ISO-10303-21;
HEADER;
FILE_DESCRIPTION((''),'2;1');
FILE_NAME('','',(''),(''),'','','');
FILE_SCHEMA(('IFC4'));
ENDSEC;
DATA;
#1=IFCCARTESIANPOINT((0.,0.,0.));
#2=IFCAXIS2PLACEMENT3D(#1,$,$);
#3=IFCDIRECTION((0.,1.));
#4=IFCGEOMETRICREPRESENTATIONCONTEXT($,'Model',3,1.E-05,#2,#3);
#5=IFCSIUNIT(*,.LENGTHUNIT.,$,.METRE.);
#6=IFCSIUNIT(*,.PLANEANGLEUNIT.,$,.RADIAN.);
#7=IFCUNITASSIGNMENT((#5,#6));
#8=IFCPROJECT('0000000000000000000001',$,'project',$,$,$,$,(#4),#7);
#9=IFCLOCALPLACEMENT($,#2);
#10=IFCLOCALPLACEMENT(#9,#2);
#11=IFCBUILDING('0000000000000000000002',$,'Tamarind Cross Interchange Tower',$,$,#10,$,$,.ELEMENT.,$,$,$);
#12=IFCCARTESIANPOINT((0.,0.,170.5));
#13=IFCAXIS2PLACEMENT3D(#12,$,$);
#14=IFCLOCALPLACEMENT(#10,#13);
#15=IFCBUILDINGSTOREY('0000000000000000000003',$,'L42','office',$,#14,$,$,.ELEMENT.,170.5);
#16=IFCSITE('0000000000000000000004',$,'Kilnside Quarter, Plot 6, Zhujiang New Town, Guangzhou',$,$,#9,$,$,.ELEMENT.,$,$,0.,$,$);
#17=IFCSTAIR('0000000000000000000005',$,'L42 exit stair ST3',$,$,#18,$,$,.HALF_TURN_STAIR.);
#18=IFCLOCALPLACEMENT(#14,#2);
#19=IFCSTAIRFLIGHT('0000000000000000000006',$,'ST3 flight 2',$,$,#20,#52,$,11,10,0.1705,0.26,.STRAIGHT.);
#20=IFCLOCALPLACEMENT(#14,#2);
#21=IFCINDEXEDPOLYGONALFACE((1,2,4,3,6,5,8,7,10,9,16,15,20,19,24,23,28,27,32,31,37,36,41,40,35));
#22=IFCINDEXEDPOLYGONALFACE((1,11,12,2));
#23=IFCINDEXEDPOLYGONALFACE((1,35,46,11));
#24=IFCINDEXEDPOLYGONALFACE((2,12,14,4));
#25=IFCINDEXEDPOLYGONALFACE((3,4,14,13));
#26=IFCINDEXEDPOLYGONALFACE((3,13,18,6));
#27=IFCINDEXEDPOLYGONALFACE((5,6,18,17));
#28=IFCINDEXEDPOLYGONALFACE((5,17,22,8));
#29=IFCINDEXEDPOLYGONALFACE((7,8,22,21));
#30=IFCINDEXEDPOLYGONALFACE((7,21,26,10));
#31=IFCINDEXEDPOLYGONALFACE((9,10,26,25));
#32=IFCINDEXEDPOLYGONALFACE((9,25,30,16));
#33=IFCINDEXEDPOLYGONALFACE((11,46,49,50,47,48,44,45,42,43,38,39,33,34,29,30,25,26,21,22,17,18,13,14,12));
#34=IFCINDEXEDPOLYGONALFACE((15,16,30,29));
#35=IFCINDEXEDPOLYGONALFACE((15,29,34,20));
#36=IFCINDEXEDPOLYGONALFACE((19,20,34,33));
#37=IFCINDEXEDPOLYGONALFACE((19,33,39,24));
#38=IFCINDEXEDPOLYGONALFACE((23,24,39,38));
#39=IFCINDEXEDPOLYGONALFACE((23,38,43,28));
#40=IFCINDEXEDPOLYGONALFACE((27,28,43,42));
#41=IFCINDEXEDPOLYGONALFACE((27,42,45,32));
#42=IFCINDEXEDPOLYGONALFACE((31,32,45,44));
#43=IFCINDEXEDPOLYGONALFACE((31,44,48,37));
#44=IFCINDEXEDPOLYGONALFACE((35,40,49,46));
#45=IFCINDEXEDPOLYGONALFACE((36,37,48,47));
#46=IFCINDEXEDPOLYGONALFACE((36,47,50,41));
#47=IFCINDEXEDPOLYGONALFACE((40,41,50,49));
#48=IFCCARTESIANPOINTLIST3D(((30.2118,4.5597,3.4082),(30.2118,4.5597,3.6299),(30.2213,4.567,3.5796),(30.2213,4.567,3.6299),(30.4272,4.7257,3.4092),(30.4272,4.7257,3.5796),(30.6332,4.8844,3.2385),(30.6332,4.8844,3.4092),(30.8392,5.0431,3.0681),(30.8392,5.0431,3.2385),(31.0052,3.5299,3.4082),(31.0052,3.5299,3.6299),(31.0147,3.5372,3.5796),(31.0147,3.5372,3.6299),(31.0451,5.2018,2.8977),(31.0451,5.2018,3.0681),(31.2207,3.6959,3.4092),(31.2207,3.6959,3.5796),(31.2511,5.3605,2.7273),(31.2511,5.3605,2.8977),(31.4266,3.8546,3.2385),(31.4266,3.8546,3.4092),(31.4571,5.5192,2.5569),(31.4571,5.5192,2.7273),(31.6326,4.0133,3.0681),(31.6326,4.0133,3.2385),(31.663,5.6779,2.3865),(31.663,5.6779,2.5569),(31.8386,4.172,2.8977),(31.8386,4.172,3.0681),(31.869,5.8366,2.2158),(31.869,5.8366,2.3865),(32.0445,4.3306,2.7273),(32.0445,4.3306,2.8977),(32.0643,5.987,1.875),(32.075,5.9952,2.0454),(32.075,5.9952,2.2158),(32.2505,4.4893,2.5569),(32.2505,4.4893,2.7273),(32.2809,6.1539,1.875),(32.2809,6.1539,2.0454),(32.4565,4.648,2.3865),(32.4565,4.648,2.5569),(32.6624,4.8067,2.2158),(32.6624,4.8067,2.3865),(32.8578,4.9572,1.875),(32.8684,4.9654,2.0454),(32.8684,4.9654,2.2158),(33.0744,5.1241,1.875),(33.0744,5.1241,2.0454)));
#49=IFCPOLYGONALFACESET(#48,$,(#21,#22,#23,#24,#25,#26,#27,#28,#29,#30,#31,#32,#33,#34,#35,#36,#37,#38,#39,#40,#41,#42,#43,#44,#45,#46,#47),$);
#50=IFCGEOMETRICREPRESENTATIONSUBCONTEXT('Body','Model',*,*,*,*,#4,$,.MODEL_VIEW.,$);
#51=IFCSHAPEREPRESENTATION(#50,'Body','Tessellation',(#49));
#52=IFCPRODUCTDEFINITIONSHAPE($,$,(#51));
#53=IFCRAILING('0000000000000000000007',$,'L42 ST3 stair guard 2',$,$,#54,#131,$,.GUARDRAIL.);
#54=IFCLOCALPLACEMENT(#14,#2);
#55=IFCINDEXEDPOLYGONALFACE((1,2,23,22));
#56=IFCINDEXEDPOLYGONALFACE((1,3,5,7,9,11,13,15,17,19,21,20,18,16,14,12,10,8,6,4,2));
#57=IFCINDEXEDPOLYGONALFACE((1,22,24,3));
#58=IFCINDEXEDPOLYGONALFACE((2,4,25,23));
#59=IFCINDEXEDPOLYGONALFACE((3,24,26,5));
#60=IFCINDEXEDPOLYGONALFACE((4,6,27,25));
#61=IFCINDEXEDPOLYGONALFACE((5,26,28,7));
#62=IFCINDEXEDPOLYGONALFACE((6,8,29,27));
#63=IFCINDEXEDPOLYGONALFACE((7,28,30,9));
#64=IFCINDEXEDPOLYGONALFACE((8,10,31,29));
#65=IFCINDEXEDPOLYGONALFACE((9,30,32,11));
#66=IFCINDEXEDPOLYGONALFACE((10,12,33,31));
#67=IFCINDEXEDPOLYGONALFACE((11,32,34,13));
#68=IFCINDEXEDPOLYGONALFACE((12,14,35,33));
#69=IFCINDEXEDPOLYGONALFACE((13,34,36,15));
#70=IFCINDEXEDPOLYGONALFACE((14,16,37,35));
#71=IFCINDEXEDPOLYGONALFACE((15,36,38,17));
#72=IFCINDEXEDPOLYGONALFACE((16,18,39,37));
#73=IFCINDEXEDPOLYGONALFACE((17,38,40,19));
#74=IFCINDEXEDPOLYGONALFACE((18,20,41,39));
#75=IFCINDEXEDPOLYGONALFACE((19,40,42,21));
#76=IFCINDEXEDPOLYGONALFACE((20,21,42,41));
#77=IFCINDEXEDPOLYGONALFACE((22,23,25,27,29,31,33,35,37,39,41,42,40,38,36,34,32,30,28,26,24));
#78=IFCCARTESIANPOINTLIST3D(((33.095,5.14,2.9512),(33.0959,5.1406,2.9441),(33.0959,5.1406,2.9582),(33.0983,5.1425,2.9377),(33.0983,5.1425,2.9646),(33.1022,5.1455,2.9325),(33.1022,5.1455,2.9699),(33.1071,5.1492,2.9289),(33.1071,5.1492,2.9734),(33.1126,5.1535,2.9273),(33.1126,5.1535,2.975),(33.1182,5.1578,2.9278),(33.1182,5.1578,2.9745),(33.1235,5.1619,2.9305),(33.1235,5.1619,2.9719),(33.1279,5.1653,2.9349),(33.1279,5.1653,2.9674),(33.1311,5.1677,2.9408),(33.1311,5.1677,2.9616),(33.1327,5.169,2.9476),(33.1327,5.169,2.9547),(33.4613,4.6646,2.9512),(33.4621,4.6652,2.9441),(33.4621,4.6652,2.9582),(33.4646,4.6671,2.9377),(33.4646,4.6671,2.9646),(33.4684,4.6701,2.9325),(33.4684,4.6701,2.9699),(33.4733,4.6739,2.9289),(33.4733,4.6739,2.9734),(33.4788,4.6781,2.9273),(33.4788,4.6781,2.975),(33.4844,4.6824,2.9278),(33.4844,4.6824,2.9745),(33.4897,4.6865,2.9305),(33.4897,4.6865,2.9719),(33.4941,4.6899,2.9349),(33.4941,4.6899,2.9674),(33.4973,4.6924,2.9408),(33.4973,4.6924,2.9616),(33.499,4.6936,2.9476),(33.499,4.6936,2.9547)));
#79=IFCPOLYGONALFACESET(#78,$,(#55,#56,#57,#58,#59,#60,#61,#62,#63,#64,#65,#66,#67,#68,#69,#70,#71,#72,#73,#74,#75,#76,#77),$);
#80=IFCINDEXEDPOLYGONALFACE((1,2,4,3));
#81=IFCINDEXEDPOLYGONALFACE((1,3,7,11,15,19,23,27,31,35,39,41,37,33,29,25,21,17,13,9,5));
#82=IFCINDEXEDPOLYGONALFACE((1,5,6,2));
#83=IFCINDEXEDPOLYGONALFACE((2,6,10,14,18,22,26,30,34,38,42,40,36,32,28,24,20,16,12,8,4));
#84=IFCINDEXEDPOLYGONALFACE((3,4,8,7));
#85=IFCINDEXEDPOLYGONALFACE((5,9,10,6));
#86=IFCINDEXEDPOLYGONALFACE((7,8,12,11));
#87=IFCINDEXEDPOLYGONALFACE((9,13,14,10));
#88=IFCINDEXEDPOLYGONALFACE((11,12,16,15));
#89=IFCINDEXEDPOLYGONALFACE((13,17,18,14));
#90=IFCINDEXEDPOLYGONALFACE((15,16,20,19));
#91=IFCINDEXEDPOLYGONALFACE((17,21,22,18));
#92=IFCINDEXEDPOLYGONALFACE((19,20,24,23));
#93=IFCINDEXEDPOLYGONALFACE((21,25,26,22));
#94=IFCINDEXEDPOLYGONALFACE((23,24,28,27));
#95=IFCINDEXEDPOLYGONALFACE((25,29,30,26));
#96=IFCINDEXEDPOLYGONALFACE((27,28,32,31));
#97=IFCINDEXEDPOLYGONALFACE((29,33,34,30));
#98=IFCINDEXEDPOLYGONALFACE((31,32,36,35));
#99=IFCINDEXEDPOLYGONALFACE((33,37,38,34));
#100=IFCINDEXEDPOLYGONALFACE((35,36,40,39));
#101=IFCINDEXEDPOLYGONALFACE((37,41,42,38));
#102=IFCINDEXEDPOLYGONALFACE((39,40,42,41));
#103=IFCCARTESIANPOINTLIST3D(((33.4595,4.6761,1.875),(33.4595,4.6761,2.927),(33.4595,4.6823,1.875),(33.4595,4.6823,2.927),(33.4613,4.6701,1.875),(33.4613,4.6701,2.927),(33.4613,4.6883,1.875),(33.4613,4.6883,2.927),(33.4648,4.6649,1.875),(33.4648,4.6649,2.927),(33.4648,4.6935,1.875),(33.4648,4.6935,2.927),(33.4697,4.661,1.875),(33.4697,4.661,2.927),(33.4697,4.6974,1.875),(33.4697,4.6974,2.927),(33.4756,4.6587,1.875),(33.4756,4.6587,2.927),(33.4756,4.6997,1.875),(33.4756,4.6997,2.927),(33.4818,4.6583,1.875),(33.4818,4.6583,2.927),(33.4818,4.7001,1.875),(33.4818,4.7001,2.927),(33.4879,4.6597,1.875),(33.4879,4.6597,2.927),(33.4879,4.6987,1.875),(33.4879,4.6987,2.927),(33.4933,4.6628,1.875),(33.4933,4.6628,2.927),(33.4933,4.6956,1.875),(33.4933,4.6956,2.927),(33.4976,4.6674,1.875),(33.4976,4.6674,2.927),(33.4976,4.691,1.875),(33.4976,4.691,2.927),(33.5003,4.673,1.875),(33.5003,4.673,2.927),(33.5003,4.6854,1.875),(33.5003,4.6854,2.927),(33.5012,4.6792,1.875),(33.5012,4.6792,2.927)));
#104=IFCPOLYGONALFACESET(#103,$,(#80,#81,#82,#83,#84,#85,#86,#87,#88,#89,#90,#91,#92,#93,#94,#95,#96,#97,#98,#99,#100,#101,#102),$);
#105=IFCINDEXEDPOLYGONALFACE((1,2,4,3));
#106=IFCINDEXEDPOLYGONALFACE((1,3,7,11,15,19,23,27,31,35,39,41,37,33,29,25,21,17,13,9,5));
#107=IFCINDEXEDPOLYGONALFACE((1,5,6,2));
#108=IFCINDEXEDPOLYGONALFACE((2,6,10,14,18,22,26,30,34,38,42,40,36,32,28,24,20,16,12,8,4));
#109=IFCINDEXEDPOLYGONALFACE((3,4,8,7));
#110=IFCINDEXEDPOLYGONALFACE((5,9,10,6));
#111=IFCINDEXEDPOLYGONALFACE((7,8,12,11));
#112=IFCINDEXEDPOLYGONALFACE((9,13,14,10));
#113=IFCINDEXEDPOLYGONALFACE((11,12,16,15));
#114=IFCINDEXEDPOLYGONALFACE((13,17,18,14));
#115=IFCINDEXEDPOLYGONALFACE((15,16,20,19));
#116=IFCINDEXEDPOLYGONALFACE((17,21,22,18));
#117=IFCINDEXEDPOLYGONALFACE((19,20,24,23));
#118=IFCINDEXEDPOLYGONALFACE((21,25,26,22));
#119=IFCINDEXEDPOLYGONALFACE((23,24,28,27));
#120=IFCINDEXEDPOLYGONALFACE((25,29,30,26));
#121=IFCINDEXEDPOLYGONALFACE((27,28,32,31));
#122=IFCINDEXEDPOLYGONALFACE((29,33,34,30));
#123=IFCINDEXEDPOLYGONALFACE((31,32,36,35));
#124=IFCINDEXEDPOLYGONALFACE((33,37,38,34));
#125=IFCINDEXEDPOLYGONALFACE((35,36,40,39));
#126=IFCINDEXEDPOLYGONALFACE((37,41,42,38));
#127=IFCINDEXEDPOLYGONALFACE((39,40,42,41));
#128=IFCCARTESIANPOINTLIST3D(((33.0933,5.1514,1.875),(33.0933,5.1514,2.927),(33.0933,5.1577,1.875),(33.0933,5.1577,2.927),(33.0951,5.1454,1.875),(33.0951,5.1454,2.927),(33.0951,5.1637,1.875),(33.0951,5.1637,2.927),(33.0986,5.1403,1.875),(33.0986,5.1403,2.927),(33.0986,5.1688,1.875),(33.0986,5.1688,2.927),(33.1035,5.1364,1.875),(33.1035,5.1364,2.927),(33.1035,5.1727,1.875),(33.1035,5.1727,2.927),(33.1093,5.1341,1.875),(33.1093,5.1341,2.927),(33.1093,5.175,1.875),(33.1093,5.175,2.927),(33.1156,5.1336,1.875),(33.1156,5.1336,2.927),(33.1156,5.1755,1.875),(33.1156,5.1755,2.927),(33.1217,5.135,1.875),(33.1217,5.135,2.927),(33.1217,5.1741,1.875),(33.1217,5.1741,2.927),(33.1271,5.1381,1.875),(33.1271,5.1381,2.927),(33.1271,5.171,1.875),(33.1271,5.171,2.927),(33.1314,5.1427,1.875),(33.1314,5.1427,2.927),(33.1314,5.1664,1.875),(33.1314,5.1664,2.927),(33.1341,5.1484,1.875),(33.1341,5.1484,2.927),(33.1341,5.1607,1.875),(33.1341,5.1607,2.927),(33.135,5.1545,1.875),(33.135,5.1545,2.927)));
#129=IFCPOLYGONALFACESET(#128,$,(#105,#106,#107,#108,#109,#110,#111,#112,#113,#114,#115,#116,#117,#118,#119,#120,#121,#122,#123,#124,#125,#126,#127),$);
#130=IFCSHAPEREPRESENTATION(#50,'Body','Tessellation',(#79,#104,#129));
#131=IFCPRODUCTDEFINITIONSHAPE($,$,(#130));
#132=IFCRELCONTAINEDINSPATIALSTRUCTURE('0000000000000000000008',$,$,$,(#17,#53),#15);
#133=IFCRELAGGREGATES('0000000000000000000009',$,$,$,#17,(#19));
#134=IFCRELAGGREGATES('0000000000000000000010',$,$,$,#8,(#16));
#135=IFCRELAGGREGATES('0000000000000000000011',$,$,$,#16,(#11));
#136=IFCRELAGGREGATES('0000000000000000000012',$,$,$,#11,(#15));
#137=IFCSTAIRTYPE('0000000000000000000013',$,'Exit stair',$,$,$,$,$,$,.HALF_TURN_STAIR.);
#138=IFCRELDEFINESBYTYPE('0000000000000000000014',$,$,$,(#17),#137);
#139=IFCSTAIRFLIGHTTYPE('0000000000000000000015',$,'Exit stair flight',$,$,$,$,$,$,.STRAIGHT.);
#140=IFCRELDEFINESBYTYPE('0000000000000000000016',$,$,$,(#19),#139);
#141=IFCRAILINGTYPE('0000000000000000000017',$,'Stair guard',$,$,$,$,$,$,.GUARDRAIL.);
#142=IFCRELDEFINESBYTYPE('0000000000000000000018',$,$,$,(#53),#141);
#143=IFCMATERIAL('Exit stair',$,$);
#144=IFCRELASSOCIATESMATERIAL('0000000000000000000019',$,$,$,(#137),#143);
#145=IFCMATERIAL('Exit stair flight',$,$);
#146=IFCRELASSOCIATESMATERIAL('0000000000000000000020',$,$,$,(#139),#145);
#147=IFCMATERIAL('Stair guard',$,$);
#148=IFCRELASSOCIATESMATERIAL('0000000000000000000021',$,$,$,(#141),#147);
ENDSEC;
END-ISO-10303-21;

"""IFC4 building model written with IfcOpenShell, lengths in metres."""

from ifc_helpers import new_model, si_unit, direction, frame, origin, origin_2d, place, context, subcontext, project, spatial, polyline, circle, outline, extrude, material, type_object, element, aggregate, save


model = new_model("IFC4")

# Units and contexts
model_context = context("Model", 3, precision=1e-05, world=origin(), true_north=direction((0.0, 1.0)))
body_context = subcontext(model_context, "Body", "Model", "MODEL_VIEW")
ifc_project = project(units=[si_unit("LENGTHUNIT", "METRE"), si_unit("PLANEANGLEUNIT", "RADIAN")], contexts=[model_context])

# Site, building, storey
site_placement = place(None, origin())
site = spatial("IfcSite", under=ifc_project, at=site_placement, Name="Kilnside Quarter, Plot 6, Zhujiang New Town, Guangzhou", CompositionType="ELEMENT", RefElevation=0.0)
building_placement = place(site_placement, origin())
building = spatial("IfcBuilding", under=site, at=building_placement, Name="Tamarind Cross Interchange Tower", CompositionType="ELEMENT")
storey_placement = place(building_placement, frame((0.0, 0.0, 170.5)))
storey = spatial("IfcBuildingStorey", under=building, at=storey_placement, Name="L42", Description="office", CompositionType="ELEMENT", Elevation=170.5)

# Stair, stair flight
ifc_material_1 = material(Name="Exit stair")
stair_type = type_object("IfcStairType", Name="Exit stair", PredefinedType="HALF_TURN_STAIR", material=ifc_material_1)
stair_placement = place(storey_placement, origin())
stair = element("IfcStair", 1, at=stair_placement, inside=storey, type_object=stair_type, Name="L42 exit stair ST3", PredefinedType="HALF_TURN_STAIR")
ifc_material_2 = material(Name="Exit stair flight")
stair_flight_type = type_object("IfcStairFlightType", Name="Exit stair flight", PredefinedType="STRAIGHT", material=ifc_material_2)
stair_flight_1_placement = place(storey_placement, frame((32.6777, 5.6389, 1.875), z_axis=(0.0, 0.0, 1.0), x_axis=(-0.792153, -0.610322, 0.0)))
stair_flight_1 = element("IfcStairFlight", 2, at=stair_flight_1_placement, type_object=stair_flight_type, Name="ST3 flight 2", NumberOfRisers=11, NumberOfTreads=10, PredefinedType="STRAIGHT", RiserHeight=0.1705, TreadLength=0.26, context=body_context, shape_type="SweptSolid", body=[
    extrude(outline(polyline([(0.0, 0.0), (0.0, 0.1704), (0.26, 0.1704), (0.26, 0.3408), (0.52, 0.3408), (0.52, 0.5115), (0.78, 0.5115), (0.78, 0.6819), (1.04, 0.6819), (1.04, 0.8523), (1.3, 0.8523), (1.3, 1.0227), (1.5601, 1.0227), (1.5601, 1.1931), (1.8201, 1.1931), (1.8201, 1.3635), (2.0801, 1.3635), (2.0801, 1.5342), (2.3401, 1.5342), (2.3401, 1.7046), (2.6001, 1.7046), (2.6001, 1.7549), (2.6121, 1.7549), (2.6121, 1.5332), (0.2734, 0.0), (0.0, 0.0)])), frame((0.0, 0.6499, 0.0), z_axis=(0.0, -1.0, 0.0), x_axis=(1.0, 0.0, 0.0)), (0.0, 0.0, 1.0), 1.3),
])
aggregate(stair, [stair_flight_1])

# Railing
ifc_material_3 = material(Name="Stair guard")
railing_type_1 = type_object("IfcRailingType", Name="Stair guard", PredefinedType="GUARDRAIL", material=ifc_material_3)
railing_1_placement = place(storey_placement, frame((33.4802, 4.6792, 1.875)))
element("IfcRailing", 3, at=railing_1_placement, inside=storey, type_object=railing_type_1, Name="L42 ST3 stair guard 2", PredefinedType="GUARDRAIL", context=body_context, shape_type="SweptSolid", body=[
    extrude(circle(Radius=0.0239, at=origin_2d()), frame((0.0, 0.0, 1.0762), z_axis=(-0.6103, 0.79217, 0.0), x_axis=(-0.79217, -0.6103, 0.0)), (0.0, 0.0, 1.0), 0.6001),
    extrude(circle(Radius=0.021, at=origin_2d()), origin(), (0.0, 0.0, 1.0), 1.052),
    extrude(circle(Radius=0.021, at=origin_2d()), frame((-0.3662, 0.4753, 0.0)), (0.0, 0.0, 1.0), 1.052),
])

save(model, "model.ifc")
